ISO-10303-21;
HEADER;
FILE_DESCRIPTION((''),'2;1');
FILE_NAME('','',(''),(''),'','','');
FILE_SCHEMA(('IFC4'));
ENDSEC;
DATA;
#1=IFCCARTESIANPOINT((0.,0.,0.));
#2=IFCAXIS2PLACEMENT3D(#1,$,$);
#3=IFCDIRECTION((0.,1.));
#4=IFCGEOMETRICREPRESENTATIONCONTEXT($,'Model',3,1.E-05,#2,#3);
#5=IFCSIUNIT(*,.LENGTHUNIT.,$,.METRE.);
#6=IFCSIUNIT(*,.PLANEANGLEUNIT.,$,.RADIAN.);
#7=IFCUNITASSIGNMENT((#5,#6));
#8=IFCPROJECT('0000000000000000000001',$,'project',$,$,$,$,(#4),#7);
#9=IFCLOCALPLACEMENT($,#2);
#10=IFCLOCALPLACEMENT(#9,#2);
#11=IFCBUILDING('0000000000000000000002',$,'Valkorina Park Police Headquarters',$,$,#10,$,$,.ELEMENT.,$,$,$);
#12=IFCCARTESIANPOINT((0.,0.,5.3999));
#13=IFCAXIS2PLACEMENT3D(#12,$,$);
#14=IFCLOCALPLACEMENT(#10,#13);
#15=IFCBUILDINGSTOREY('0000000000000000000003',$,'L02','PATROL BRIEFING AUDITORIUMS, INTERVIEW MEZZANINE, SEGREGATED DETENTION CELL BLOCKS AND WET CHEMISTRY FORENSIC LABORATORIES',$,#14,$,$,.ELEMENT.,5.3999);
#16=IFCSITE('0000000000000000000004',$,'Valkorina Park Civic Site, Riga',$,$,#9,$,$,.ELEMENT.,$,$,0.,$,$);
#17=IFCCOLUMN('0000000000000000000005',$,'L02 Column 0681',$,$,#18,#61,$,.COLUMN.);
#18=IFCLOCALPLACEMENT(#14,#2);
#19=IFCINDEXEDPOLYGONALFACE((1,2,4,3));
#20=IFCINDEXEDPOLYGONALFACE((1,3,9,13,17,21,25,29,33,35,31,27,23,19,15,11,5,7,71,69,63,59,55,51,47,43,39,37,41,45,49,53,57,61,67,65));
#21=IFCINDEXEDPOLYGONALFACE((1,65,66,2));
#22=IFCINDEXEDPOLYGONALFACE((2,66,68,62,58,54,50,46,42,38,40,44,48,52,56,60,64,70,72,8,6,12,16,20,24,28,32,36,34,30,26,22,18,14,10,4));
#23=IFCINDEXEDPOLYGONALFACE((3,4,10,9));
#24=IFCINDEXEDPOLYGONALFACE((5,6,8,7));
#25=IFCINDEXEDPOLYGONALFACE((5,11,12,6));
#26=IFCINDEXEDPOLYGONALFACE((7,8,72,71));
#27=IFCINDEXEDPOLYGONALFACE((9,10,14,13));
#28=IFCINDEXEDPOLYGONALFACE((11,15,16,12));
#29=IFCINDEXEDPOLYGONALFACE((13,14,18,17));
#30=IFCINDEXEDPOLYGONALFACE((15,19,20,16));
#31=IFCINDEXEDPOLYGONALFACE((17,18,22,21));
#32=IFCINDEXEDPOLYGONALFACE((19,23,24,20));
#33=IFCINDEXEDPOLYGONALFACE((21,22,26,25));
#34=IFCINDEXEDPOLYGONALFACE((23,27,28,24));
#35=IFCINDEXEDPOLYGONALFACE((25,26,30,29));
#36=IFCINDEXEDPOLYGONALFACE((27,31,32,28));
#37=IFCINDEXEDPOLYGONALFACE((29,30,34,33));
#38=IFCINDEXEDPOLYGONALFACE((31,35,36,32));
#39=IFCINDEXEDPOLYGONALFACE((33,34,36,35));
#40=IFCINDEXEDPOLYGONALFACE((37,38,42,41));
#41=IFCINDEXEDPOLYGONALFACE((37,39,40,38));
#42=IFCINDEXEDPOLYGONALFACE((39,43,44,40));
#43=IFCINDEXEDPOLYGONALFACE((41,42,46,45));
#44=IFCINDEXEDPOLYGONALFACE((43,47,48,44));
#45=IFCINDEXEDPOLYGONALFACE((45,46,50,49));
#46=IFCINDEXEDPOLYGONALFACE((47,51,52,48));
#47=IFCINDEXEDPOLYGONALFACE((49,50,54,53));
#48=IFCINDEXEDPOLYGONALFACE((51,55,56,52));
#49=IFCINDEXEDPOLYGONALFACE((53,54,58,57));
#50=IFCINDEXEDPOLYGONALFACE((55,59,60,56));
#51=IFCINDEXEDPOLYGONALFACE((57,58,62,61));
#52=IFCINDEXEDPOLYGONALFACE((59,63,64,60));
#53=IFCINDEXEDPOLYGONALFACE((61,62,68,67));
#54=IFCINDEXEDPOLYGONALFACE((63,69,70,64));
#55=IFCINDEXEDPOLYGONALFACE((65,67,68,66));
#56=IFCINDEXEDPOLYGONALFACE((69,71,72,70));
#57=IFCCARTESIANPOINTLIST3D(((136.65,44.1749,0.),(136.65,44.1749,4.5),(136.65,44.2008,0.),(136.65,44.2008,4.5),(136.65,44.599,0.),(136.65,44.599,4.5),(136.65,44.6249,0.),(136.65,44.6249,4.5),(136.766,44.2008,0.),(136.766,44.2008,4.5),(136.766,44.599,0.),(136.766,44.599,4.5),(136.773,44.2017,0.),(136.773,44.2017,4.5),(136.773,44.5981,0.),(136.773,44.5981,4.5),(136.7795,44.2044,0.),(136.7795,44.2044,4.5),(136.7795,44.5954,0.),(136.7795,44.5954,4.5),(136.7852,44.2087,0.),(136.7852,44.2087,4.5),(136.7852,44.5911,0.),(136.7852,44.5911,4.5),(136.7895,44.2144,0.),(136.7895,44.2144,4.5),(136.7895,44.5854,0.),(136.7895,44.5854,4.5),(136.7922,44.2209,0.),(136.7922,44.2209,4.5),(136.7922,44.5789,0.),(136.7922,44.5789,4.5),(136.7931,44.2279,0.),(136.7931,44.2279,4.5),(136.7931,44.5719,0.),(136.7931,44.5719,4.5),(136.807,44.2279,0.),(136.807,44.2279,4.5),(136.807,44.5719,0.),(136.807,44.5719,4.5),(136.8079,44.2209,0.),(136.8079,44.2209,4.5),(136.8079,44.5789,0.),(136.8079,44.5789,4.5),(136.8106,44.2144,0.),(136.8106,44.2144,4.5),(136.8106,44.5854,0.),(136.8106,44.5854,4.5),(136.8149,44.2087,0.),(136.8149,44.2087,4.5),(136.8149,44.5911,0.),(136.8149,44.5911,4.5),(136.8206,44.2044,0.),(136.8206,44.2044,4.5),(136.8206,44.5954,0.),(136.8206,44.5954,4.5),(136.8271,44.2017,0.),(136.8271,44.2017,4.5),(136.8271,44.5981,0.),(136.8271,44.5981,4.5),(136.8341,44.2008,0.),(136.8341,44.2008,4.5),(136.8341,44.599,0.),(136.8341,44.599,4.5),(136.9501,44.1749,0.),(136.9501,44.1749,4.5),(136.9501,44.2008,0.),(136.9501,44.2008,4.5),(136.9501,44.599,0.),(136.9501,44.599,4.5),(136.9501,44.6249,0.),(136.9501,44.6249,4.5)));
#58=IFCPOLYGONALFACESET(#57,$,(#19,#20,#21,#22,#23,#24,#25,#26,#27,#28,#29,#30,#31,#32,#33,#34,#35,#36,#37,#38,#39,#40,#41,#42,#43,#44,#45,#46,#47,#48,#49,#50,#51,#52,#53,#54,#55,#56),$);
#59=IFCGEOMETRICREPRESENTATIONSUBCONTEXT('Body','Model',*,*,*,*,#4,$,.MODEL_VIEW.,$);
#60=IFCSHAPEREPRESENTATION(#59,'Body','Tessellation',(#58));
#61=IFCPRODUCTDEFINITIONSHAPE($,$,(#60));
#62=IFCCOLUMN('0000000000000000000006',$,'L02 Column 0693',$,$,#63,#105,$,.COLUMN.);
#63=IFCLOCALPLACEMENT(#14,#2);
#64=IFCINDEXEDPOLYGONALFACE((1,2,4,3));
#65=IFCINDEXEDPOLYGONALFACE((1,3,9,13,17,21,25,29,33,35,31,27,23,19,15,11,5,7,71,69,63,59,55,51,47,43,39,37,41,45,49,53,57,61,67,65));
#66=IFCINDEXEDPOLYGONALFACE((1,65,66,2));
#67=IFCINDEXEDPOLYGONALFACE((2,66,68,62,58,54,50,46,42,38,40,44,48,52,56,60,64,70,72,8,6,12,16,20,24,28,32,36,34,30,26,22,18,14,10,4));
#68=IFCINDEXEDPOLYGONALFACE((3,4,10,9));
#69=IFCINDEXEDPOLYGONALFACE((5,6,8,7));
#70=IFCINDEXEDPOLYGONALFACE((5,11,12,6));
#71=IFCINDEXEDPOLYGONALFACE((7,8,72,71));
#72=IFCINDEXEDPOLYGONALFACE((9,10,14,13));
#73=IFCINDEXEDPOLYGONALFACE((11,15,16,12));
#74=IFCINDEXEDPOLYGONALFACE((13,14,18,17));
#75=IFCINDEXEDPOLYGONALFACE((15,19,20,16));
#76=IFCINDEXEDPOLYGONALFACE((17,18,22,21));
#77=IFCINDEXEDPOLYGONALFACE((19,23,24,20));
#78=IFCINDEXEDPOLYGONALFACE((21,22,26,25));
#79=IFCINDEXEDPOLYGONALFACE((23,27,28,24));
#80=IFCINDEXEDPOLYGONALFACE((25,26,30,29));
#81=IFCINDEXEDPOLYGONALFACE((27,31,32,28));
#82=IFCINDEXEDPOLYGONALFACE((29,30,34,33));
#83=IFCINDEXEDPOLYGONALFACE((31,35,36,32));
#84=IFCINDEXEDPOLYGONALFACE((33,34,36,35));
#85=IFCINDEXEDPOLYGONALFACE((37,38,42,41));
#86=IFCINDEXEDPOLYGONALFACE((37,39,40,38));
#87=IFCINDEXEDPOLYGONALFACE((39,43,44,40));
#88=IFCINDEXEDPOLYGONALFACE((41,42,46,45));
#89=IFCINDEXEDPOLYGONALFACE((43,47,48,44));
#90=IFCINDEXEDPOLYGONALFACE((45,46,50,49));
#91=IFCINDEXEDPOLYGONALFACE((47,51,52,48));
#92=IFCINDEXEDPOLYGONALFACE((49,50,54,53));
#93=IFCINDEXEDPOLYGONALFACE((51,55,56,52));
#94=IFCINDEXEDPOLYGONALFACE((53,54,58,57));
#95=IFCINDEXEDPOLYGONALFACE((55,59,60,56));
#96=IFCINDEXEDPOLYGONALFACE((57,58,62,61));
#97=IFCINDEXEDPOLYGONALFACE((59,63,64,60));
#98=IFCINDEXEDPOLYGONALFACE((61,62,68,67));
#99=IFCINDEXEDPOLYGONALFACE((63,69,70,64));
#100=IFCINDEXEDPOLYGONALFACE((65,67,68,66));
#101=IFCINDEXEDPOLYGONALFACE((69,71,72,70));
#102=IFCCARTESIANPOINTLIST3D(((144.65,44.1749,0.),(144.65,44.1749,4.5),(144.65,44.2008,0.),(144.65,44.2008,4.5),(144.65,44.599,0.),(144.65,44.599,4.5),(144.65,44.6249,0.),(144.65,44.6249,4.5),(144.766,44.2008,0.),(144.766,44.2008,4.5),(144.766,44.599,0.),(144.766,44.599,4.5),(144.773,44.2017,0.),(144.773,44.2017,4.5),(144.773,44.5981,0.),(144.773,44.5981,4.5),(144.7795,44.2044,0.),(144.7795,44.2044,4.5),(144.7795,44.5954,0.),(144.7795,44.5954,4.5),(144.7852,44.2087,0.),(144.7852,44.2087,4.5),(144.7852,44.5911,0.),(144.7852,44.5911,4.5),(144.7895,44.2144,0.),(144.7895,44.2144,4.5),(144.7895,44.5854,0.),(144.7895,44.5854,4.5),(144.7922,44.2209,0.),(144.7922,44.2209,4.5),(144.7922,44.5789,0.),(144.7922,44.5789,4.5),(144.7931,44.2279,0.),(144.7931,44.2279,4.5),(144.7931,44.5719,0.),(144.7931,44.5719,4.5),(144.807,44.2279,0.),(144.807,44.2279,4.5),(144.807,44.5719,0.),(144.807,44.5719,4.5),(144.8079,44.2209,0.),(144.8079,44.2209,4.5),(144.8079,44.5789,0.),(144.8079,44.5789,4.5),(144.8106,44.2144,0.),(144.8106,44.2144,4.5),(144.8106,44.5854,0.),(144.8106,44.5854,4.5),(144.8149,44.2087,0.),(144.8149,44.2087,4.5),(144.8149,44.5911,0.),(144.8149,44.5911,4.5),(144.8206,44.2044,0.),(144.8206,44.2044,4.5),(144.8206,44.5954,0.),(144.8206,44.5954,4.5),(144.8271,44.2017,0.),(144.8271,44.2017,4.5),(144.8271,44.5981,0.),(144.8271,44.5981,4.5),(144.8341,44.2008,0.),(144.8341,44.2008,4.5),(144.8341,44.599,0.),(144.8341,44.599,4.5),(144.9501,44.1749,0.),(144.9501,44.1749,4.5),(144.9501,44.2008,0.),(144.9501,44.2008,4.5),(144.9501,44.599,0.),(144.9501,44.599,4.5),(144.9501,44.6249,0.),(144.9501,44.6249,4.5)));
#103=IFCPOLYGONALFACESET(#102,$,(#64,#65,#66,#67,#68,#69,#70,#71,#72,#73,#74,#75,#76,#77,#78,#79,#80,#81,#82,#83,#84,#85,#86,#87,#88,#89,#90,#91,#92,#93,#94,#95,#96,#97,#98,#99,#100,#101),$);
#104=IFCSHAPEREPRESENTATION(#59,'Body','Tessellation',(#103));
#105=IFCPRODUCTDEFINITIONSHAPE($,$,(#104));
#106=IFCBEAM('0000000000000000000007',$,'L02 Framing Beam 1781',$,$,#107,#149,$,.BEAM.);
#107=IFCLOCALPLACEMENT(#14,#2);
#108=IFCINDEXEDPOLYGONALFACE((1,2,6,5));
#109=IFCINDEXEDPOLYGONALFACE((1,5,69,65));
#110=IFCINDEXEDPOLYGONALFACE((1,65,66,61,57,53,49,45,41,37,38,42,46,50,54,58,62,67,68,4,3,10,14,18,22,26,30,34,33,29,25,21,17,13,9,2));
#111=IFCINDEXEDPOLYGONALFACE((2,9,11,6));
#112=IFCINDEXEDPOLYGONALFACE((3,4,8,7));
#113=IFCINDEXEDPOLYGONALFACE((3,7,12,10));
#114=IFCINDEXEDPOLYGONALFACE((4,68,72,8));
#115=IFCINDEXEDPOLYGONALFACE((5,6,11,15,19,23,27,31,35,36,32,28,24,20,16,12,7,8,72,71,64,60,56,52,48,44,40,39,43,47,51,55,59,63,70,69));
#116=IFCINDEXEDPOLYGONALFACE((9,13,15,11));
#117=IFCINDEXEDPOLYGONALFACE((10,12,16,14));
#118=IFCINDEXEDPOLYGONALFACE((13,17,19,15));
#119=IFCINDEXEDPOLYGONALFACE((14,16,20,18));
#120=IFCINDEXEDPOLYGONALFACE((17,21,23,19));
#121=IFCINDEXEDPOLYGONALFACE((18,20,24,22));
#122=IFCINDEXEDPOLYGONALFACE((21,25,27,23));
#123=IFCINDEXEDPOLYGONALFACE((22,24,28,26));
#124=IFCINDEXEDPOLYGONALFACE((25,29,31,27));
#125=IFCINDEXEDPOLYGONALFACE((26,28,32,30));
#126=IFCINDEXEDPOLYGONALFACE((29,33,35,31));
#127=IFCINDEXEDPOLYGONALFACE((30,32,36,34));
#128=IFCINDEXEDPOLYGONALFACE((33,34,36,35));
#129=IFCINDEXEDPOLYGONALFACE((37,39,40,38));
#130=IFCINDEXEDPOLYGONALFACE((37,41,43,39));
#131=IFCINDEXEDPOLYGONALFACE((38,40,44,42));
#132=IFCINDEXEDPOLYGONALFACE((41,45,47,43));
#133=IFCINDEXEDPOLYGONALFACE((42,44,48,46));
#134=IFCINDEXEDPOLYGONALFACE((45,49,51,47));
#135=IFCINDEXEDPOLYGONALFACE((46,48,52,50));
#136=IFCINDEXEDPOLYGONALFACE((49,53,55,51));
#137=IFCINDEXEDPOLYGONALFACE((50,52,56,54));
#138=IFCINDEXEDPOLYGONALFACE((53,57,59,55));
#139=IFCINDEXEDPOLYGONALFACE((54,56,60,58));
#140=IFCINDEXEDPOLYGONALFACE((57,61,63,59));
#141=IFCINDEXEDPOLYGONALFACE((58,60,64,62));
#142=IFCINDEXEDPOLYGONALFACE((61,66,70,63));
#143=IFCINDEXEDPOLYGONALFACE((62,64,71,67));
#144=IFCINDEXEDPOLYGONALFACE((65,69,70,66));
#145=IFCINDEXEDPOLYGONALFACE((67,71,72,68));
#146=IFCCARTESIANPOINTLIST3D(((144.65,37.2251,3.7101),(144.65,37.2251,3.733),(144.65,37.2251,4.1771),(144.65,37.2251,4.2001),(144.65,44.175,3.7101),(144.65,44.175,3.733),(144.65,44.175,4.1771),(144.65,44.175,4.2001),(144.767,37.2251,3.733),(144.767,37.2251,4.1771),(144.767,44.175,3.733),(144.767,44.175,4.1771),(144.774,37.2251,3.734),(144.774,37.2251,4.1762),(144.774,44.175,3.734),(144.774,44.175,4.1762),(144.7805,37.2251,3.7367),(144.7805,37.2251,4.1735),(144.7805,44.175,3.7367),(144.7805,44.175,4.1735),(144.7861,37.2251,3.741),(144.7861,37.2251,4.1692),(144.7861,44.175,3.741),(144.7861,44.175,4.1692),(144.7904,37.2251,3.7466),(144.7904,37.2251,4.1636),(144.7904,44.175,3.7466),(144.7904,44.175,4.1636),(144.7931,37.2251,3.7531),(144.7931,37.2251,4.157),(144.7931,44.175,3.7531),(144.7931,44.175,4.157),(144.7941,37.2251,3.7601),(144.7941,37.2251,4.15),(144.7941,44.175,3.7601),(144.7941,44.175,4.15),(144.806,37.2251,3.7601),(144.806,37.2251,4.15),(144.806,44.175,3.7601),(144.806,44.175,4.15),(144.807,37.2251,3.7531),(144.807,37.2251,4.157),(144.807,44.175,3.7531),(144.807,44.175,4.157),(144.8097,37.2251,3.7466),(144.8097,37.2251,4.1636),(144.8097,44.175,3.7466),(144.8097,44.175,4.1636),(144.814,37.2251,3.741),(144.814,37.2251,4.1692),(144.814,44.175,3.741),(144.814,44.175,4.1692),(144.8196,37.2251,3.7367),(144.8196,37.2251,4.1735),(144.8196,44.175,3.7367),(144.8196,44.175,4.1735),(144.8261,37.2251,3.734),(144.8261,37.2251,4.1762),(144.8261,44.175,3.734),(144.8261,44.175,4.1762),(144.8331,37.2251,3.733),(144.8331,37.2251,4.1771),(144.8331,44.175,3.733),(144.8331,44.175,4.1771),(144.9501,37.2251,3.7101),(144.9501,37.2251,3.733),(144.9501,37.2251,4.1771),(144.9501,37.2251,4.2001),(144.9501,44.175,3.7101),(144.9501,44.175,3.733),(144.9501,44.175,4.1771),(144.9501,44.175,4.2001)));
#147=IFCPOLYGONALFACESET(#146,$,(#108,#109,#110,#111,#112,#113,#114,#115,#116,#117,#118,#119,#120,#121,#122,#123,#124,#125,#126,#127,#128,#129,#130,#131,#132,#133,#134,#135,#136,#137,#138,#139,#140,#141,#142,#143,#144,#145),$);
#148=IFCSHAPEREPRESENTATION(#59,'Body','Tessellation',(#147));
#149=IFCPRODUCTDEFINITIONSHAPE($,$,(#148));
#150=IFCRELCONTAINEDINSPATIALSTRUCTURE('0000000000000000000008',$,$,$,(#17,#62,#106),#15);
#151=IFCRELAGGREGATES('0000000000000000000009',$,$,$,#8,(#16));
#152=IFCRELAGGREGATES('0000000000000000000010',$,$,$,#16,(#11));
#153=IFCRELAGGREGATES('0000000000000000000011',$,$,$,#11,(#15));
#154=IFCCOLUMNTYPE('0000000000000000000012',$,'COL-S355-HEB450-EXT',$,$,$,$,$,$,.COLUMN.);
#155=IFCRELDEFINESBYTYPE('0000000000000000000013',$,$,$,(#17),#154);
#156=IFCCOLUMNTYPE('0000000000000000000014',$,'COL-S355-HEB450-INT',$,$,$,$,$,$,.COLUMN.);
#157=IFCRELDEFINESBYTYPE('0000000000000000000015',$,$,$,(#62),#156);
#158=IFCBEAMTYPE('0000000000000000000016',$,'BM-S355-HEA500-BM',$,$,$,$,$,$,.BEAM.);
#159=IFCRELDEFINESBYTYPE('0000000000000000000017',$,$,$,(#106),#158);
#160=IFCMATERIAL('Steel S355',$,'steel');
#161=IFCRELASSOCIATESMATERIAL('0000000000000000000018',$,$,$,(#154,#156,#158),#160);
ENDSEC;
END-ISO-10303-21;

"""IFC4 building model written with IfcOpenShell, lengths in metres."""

from ifc_helpers import new_model, si_unit, direction, frame, origin, origin_2d, place, context, subcontext, project, spatial, i_section, extrude, material, material_profile, profile_set, type_object, element, save


model = new_model("IFC4")

# Units and contexts
model_context = context("Model", 3, precision=1e-05, world=origin(), true_north=direction((0.0, 1.0)))
body_context = subcontext(model_context, "Body", "Model", "MODEL_VIEW")
ifc_project = project(units=[si_unit("LENGTHUNIT", "METRE"), si_unit("PLANEANGLEUNIT", "RADIAN")], contexts=[model_context])

# Site, building, storey
site_placement = place(None, origin())
site = spatial("IfcSite", under=ifc_project, at=site_placement, Name="Valkorina Park Civic Site, Riga", CompositionType="ELEMENT", RefElevation=0.0)
building_placement = place(site_placement, origin())
building = spatial("IfcBuilding", under=site, at=building_placement, Name="Valkorina Park Police Headquarters", CompositionType="ELEMENT")
storey_placement = place(building_placement, frame((0.0, 0.0, 5.3999)))
storey = spatial("IfcBuildingStorey", under=building, at=storey_placement, Name="L02", Description="PATROL BRIEFING AUDITORIUMS, INTERVIEW MEZZANINE, SEGREGATED DETENTION CELL BLOCKS AND WET CHEMISTRY FORENSIC LABORATORIES", CompositionType="ELEMENT", Elevation=5.3999)

# Columns
ifc_material_1 = material(Name="Steel S355", Category="steel")
ifc_material_profile_1 = material_profile(ifc_material_1, i_section(OverallWidth=0.3, OverallDepth=0.45, WebThickness=0.0139, FlangeThickness=0.0259, FilletRadius=0.0271, at=origin_2d()), Name="HEB 450")
ifc_profile_set_1 = profile_set([ifc_material_profile_1], Name="Steel S355")
column_type_1 = type_object("IfcColumnType", Name="COL-S355-HEB450-EXT", PredefinedType="COLUMN", material=ifc_profile_set_1)
column_1_placement = place(storey_placement, frame((136.8, 44.3999, 0.0), z_axis=(0.0, 0.0, 1.0), x_axis=(1.0, 0.0, 0.0)))
element("IfcColumn", 1, at=column_1_placement, inside=storey, type_object=column_type_1, Name="L02 Column 0681", PredefinedType="COLUMN", context=body_context, shape_type="SweptSolid", body=[
    extrude(i_section(OverallWidth=0.3, OverallDepth=0.45, WebThickness=0.0139, FlangeThickness=0.0259, FilletRadius=0.0271, at=origin_2d()), origin(), (0.0, 0.0, 1.0), 4.5),
])
ifc_material_profile_2 = material_profile(ifc_material_1, i_section(OverallWidth=0.3, OverallDepth=0.45, WebThickness=0.0139, FlangeThickness=0.0259, FilletRadius=0.0271, at=origin_2d()), Name="HEB 450")
ifc_profile_set_2 = profile_set([ifc_material_profile_2], Name="Steel S355")
column_type_2 = type_object("IfcColumnType", Name="COL-S355-HEB450-INT", PredefinedType="COLUMN", material=ifc_profile_set_2)
column_2_placement = place(storey_placement, frame((144.8, 44.3999, 0.0), z_axis=(0.0, 0.0, 1.0), x_axis=(1.0, 0.0, 0.0)))
element("IfcColumn", 2, at=column_2_placement, inside=storey, type_object=column_type_2, Name="L02 Column 0693", PredefinedType="COLUMN", context=body_context, shape_type="SweptSolid", body=[
    extrude(i_section(OverallWidth=0.3, OverallDepth=0.45, WebThickness=0.0139, FlangeThickness=0.0259, FilletRadius=0.0271, at=origin_2d()), origin(), (0.0, 0.0, 1.0), 4.5),
])

# Beam
ifc_material_profile_3 = material_profile(ifc_material_1, i_section(OverallWidth=0.3, OverallDepth=0.49, WebThickness=0.012, FlangeThickness=0.0229, FilletRadius=0.0271, at=origin_2d()), Name="HEA 500")
ifc_profile_set_3 = profile_set([ifc_material_profile_3], Name="Steel S355")
beam_type_1 = type_object("IfcBeamType", Name="BM-S355-HEA500-BM", PredefinedType="BEAM", material=ifc_profile_set_3)
beam_1_placement = place(storey_placement, frame((144.8, 37.2251, 3.9551), z_axis=(0.0, 1.0, 0.0), x_axis=(-1.0, 0.0, 0.0)))
element("IfcBeam", 3, at=beam_1_placement, inside=storey, type_object=beam_type_1, Name="L02 Framing Beam 1781", PredefinedType="BEAM", context=body_context, shape_type="SweptSolid", body=[
    extrude(i_section(OverallWidth=0.3, OverallDepth=0.49, WebThickness=0.012, FlangeThickness=0.0229, FilletRadius=0.0271, at=origin_2d()), origin(), (0.0, 0.0, 1.0), 6.95),
])

save(model, "model.ifc")
